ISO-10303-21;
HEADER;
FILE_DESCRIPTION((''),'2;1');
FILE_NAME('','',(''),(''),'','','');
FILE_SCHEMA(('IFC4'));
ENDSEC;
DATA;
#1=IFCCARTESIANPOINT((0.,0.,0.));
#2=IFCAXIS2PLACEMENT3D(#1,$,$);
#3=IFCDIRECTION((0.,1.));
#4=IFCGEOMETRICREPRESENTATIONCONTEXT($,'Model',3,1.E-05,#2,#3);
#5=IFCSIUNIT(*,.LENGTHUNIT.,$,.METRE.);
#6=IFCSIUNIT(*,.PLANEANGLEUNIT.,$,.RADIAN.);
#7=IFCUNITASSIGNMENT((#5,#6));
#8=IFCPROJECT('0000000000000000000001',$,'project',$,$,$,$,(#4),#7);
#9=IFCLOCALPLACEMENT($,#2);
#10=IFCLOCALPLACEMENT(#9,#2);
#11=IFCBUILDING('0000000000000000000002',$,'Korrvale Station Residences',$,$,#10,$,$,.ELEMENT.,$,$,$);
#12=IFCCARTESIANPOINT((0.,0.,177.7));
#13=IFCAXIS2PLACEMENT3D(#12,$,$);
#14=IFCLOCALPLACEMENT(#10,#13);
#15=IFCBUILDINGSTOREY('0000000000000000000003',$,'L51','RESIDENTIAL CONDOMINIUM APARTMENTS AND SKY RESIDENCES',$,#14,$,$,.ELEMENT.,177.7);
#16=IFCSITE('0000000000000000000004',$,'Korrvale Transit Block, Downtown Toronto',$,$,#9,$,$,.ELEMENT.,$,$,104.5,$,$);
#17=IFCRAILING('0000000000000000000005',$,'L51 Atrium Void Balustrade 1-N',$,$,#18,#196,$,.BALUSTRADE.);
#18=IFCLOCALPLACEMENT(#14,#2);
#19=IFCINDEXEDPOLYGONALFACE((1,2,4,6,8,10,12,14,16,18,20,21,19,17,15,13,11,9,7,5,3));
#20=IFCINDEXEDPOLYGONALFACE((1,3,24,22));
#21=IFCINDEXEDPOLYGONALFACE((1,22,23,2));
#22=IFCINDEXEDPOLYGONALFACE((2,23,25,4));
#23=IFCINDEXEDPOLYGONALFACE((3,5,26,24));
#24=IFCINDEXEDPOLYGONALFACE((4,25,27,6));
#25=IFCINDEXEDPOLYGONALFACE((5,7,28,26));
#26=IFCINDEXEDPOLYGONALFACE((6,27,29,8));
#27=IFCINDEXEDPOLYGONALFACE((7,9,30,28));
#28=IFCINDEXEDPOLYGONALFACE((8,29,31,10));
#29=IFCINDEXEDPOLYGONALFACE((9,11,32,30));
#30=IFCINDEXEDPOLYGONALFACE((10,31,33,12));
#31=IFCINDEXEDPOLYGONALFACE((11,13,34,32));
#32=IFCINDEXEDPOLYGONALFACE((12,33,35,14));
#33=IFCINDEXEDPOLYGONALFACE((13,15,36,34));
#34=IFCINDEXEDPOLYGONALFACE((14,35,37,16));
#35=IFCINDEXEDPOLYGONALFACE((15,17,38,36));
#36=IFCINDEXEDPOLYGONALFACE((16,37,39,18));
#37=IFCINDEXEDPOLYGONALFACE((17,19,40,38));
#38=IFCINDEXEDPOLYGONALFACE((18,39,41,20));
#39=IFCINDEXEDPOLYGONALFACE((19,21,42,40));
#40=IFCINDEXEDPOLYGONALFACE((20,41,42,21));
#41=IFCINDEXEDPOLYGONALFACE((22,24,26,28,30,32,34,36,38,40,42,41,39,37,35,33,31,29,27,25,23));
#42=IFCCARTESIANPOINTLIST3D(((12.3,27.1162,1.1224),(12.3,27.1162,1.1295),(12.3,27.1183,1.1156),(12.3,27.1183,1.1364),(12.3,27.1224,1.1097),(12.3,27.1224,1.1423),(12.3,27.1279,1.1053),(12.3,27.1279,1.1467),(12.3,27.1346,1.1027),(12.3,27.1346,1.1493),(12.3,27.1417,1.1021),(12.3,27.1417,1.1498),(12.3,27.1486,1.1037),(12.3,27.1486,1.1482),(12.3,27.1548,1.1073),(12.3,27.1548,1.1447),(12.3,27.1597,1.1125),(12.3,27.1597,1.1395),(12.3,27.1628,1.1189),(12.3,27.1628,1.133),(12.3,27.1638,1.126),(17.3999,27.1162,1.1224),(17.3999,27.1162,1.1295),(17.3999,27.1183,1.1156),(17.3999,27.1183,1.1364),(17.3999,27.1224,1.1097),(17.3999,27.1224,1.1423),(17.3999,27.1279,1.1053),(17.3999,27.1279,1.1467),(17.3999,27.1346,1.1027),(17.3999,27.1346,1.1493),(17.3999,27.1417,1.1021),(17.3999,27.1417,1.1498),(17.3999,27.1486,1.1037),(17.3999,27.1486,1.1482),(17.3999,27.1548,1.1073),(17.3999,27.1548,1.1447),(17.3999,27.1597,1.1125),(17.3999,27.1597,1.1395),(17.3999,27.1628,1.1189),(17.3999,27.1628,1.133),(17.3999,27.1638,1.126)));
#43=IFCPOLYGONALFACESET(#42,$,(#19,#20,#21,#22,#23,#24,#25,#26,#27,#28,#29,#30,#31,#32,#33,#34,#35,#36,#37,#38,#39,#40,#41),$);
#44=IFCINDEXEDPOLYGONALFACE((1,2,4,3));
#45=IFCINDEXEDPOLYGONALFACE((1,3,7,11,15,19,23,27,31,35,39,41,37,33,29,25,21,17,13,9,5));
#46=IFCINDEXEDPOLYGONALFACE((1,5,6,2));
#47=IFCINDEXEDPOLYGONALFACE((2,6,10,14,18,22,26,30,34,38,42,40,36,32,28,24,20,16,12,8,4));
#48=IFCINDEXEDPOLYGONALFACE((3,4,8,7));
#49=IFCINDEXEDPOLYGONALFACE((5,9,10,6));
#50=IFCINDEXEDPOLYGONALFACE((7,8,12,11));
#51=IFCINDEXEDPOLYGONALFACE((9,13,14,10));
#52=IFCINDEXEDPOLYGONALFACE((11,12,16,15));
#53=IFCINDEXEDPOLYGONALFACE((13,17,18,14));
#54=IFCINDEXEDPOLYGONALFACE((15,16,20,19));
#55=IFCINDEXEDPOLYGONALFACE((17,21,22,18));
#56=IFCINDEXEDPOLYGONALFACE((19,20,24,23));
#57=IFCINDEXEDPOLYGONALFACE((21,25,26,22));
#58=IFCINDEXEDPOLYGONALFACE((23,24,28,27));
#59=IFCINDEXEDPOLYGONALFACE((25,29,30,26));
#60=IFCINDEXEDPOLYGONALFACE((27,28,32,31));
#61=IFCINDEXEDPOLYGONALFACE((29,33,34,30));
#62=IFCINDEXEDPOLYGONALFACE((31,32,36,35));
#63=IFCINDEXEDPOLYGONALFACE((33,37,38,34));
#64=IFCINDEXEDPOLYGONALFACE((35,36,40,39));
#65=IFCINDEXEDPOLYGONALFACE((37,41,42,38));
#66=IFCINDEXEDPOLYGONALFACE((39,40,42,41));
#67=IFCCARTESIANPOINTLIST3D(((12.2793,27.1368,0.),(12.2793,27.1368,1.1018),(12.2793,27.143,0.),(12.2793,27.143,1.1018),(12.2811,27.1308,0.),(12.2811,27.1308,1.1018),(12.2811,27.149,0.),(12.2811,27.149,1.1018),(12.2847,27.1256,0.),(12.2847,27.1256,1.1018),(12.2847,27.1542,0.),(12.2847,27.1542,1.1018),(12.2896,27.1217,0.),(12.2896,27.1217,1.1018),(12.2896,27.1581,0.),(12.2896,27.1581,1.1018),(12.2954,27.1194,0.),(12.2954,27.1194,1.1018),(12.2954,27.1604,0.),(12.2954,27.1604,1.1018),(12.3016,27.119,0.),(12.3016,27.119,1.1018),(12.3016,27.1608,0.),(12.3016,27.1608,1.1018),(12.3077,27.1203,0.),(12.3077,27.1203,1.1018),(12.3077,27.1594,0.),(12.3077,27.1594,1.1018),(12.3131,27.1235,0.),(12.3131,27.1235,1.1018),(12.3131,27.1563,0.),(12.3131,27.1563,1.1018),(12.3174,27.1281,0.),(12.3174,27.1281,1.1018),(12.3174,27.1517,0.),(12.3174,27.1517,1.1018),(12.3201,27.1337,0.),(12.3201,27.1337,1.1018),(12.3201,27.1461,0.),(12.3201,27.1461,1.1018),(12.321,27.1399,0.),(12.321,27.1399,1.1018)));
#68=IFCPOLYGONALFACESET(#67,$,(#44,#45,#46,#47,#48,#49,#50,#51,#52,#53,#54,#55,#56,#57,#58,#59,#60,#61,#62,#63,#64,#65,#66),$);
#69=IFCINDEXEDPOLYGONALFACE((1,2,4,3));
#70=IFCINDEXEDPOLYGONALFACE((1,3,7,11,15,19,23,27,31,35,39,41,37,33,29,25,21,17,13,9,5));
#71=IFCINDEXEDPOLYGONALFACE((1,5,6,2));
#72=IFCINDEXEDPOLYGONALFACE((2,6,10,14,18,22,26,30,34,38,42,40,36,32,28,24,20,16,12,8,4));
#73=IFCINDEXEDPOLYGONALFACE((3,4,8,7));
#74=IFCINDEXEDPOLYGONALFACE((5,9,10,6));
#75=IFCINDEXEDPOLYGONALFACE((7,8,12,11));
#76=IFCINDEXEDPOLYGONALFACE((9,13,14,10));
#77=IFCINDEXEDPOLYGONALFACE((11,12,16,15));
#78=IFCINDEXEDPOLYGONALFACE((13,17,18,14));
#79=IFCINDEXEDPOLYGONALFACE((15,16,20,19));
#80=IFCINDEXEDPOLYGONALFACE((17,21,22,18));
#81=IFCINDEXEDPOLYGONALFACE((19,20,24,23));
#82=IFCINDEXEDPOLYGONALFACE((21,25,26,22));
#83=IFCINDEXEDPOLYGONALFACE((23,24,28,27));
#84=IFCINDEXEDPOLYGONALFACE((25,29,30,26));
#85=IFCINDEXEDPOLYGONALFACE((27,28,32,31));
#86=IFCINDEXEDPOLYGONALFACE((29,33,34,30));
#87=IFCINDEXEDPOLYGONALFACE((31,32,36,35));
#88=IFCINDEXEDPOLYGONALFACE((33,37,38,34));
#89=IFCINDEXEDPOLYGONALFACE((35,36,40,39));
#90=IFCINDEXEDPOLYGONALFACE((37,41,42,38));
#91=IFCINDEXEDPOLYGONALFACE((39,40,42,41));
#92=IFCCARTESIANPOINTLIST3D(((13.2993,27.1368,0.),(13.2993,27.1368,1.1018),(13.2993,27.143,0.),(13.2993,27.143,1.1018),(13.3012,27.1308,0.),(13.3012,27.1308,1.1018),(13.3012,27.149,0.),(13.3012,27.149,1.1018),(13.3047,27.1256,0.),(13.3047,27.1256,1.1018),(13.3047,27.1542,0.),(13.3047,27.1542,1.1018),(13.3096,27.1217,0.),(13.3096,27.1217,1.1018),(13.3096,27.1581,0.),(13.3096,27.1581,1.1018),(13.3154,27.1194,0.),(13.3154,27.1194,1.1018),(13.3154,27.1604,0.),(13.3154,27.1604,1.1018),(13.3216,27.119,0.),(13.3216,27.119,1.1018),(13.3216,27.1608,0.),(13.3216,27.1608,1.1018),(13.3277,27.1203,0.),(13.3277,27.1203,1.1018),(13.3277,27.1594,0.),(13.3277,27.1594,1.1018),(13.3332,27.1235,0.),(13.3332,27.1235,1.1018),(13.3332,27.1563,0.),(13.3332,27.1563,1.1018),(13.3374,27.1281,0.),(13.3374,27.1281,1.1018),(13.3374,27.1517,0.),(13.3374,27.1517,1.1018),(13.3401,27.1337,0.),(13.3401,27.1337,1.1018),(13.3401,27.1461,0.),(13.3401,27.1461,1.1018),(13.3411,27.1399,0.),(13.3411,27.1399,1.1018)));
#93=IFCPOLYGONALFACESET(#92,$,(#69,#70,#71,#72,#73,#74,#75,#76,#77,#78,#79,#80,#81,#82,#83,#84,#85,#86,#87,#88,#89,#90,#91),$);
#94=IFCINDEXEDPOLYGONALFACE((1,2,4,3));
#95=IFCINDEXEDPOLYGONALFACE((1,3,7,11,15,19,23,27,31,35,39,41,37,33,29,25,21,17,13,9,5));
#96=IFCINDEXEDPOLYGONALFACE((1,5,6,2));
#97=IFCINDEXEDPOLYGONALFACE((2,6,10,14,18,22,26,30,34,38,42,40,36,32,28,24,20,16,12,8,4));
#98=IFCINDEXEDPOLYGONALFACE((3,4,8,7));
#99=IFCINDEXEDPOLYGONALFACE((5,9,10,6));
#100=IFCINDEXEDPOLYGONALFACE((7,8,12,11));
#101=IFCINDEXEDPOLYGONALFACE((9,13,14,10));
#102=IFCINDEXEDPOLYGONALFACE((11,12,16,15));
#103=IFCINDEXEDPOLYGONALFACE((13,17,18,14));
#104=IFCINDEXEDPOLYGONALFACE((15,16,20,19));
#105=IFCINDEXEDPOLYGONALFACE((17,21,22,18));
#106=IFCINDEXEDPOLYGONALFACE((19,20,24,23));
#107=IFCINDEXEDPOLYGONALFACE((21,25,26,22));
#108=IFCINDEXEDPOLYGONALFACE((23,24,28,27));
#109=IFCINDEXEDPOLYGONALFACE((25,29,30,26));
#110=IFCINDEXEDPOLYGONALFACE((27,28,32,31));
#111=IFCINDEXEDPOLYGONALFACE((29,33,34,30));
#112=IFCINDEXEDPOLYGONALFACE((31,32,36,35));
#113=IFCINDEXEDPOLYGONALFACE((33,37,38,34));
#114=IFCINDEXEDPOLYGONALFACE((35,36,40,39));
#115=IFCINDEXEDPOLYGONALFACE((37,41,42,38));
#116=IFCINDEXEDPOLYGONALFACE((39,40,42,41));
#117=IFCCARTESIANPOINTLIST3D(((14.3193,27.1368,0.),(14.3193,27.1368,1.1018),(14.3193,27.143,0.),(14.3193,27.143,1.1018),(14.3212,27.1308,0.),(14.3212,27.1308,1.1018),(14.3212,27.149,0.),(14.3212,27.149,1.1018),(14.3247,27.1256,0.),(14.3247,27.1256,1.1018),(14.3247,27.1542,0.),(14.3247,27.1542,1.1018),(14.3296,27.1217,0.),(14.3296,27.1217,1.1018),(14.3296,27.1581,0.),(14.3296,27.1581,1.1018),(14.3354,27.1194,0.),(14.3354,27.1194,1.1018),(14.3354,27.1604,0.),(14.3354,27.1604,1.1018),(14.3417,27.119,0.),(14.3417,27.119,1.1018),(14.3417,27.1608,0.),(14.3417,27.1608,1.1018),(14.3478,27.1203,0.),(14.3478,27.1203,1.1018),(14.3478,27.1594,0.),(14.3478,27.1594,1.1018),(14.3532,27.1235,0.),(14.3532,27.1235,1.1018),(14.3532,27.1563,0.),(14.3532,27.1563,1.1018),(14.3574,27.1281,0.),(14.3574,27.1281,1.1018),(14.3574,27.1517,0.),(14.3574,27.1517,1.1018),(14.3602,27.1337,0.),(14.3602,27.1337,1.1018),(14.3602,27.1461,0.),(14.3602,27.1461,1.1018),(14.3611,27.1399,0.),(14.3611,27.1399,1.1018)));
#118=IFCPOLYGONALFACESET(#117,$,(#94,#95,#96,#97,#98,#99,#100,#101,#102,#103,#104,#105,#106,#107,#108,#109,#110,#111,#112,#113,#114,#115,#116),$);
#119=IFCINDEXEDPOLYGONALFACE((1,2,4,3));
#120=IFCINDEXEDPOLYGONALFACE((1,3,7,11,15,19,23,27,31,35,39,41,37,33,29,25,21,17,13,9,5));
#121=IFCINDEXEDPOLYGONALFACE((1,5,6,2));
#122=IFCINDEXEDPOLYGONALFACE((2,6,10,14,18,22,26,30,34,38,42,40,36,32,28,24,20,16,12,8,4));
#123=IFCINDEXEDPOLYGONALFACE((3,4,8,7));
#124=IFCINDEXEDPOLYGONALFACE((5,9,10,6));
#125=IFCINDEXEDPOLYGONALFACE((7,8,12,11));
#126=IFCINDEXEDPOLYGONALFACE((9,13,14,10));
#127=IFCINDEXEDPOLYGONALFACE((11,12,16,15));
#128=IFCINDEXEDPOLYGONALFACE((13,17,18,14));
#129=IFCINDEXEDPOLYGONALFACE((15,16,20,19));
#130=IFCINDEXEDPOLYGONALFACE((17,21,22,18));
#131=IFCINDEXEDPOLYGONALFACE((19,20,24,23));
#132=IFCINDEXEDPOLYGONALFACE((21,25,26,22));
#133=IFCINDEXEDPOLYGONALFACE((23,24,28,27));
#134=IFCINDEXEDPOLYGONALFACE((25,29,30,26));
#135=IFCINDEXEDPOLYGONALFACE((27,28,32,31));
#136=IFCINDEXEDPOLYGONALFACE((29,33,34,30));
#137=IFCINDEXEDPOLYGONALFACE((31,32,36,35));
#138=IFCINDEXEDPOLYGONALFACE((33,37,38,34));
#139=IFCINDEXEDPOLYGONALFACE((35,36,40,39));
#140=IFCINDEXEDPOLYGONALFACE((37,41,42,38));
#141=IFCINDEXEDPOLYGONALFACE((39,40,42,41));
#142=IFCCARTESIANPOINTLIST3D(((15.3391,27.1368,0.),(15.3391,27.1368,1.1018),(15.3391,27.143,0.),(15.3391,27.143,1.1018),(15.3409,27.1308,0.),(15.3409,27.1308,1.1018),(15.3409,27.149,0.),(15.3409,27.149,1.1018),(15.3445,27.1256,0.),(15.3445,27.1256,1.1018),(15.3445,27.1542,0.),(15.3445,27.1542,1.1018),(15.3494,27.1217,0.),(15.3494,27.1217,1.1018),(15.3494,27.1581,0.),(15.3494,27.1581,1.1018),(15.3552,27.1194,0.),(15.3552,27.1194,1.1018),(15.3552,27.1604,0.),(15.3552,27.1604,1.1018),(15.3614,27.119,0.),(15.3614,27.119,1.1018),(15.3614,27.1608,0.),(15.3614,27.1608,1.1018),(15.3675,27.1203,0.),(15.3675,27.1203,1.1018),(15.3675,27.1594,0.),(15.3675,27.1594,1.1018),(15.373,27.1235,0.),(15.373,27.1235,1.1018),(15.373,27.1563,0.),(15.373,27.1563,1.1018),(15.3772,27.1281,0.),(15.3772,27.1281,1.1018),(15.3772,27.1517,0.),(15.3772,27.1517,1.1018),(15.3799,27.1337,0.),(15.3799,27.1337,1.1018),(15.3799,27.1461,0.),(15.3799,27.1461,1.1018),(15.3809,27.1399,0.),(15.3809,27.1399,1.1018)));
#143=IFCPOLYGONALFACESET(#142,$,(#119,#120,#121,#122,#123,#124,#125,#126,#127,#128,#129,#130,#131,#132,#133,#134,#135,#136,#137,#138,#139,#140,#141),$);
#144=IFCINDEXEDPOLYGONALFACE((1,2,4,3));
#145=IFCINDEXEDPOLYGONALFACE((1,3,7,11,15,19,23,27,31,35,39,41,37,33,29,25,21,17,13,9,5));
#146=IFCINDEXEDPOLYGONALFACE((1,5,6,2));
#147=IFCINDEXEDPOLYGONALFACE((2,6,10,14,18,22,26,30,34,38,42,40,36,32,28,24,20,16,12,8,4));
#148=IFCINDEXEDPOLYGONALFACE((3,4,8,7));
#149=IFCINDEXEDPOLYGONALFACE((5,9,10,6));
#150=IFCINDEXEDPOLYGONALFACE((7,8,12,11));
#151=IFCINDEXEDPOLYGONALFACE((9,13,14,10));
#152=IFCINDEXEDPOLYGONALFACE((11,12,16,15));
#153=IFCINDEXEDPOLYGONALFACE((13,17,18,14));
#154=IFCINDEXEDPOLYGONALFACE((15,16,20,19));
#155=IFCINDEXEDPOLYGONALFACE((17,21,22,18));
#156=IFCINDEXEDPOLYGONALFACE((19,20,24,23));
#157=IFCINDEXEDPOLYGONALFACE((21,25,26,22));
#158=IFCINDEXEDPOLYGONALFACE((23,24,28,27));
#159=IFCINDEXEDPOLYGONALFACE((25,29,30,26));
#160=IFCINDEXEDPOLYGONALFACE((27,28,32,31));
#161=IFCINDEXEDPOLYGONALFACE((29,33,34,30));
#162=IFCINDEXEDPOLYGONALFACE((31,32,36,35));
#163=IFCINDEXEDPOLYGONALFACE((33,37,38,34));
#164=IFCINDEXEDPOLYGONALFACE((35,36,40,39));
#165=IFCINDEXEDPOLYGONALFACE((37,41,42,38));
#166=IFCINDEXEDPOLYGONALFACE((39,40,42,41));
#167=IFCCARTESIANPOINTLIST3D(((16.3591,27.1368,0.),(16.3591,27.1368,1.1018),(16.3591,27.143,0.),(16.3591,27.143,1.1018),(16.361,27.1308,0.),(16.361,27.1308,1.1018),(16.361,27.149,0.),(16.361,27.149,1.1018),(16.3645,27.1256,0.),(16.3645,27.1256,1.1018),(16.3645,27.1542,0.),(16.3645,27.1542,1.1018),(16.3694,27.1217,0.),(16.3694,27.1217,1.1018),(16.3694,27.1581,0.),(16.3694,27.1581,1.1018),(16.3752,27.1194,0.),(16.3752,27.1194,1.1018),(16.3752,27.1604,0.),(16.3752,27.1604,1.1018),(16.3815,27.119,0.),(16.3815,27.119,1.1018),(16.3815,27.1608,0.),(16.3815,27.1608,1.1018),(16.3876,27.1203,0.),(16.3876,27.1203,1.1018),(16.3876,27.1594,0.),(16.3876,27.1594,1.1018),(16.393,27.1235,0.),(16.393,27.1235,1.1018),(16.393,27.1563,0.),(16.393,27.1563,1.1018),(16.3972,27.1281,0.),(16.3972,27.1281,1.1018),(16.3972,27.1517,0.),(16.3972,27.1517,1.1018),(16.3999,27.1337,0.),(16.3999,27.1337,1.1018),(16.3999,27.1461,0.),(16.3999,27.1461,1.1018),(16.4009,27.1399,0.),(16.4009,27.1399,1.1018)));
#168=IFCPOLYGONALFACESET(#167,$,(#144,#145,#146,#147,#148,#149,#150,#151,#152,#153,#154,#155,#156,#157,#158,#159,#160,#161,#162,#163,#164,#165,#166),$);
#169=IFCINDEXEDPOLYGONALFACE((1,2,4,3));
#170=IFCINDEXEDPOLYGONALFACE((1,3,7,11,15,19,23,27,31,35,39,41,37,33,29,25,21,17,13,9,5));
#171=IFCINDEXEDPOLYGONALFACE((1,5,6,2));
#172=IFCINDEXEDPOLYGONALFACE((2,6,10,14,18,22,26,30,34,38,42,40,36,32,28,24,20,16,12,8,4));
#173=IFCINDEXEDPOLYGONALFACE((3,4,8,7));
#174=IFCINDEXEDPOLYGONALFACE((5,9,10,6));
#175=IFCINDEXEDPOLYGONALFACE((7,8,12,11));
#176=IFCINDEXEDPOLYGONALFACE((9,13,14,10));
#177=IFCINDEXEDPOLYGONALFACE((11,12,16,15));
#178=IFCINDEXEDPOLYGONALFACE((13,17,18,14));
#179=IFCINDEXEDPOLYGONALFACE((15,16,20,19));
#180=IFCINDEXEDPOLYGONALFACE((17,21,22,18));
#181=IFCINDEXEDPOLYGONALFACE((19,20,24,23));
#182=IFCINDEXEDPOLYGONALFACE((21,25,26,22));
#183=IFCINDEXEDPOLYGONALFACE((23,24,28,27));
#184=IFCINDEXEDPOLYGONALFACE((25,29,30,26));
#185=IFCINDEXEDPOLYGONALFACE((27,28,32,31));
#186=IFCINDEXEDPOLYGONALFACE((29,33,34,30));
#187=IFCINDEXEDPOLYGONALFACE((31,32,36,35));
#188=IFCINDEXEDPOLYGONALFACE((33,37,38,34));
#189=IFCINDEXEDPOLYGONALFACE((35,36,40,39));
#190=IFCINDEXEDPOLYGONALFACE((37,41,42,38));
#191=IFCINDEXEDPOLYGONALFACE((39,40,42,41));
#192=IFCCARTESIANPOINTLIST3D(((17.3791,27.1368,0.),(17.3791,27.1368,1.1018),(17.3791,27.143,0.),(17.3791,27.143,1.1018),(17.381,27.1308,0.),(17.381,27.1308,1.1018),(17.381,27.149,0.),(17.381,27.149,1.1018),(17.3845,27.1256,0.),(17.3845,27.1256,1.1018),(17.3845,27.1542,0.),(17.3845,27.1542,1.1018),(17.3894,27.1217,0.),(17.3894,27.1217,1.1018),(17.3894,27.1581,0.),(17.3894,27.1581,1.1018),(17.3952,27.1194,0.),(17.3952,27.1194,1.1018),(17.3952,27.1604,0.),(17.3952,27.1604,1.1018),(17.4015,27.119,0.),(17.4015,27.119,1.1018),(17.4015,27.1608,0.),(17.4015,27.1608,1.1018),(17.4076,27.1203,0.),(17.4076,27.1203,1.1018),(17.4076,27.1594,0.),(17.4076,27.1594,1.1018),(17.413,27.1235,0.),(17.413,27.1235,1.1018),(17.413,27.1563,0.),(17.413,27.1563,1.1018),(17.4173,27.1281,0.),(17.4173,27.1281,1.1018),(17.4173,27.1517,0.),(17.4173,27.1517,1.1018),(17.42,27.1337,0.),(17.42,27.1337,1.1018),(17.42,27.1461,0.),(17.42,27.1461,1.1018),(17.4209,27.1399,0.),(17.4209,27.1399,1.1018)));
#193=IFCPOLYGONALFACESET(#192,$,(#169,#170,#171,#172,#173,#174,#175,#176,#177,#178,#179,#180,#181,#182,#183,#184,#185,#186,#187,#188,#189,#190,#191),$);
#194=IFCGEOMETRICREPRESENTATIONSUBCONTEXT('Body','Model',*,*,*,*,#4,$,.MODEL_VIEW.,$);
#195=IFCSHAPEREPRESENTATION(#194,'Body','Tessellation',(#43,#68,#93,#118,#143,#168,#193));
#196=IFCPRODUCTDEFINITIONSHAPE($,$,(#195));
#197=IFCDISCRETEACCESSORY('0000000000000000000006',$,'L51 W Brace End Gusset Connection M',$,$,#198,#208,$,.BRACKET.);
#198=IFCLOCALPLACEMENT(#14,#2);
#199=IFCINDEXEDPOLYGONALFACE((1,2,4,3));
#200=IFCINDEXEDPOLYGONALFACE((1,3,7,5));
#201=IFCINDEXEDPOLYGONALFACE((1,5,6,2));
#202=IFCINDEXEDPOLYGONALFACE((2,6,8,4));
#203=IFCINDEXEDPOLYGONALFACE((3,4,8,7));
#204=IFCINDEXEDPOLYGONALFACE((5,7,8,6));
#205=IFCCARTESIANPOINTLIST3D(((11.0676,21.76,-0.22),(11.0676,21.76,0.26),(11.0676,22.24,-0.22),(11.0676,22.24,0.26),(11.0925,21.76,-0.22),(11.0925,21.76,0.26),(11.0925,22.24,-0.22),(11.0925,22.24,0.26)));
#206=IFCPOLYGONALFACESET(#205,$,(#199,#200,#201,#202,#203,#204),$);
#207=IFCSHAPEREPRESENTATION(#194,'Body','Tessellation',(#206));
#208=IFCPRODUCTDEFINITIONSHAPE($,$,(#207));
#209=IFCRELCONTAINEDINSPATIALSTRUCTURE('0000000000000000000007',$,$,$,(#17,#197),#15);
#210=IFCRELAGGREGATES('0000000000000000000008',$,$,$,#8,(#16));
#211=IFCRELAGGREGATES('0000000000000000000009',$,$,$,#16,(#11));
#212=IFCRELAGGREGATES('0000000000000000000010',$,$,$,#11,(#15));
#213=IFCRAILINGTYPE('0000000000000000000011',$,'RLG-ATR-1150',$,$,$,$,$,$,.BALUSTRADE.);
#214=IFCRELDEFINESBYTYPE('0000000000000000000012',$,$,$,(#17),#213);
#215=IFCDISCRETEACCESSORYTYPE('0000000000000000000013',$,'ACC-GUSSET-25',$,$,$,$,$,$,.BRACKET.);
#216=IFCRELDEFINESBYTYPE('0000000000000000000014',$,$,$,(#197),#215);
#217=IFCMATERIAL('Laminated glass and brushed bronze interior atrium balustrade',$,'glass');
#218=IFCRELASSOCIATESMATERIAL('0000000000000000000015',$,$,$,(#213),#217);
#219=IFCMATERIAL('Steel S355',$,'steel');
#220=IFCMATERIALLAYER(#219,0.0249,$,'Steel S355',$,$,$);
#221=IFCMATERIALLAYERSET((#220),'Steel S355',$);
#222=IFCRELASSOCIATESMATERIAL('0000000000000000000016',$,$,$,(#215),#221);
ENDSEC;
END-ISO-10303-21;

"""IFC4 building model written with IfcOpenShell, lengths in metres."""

from ifc_helpers import new_model, si_unit, direction, frame, origin, origin_2d, place, context, subcontext, project, spatial, rectangle, circle, extrude, material, layer, layer_set, type_object, element, save


model = new_model("IFC4")

# Units and contexts
model_context = context("Model", 3, precision=1e-05, world=origin(), true_north=direction((0.0, 1.0)))
body_context = subcontext(model_context, "Body", "Model", "MODEL_VIEW")
ifc_project = project(units=[si_unit("LENGTHUNIT", "METRE"), si_unit("PLANEANGLEUNIT", "RADIAN")], contexts=[model_context])

# Site, building, storey
site_placement = place(None, origin())
site = spatial("IfcSite", under=ifc_project, at=site_placement, Name="Korrvale Transit Block, Downtown Toronto", CompositionType="ELEMENT", RefElevation=104.5)
building_placement = place(site_placement, origin())
building = spatial("IfcBuilding", under=site, at=building_placement, Name="Korrvale Station Residences", CompositionType="ELEMENT")
storey_placement = place(building_placement, frame((0.0, 0.0, 177.7)))
storey = spatial("IfcBuildingStorey", under=building, at=storey_placement, Name="L51", Description="RESIDENTIAL CONDOMINIUM APARTMENTS AND SKY RESIDENCES", CompositionType="ELEMENT", Elevation=177.7)

# Shared definitions
ifc_material_1 = material(Name="Steel S355", Category="steel")

# Railing
ifc_material_2 = material(Name="Laminated glass and brushed bronze interior atrium balustrade", Category="glass")
railing_type = type_object("IfcRailingType", Name="RLG-ATR-1150", PredefinedType="BALUSTRADE", material=ifc_material_2)
railing_placement = place(storey_placement, frame((12.3, 27.1399, 0.0)))
element("IfcRailing", 1, at=railing_placement, inside=storey, type_object=railing_type, Name="L51 Atrium Void Balustrade 1-N", PredefinedType="BALUSTRADE", context=body_context, shape_type="SweptSolid", body=[
    extrude(circle(Radius=0.0239, at=origin_2d()), frame((0.0, 0.0, 1.126), z_axis=(1.0, 0.0, 0.0), x_axis=(0.0, 1.0, 0.0)), (0.0, 0.0, 1.0), 5.0999),
    extrude(circle(Radius=0.021, at=origin_2d()), origin(), (0.0, 0.0, 1.0), 1.1018),
    extrude(circle(Radius=0.021, at=origin_2d()), frame((1.02, 0.0, 0.0)), (0.0, 0.0, 1.0), 1.1018),
    extrude(circle(Radius=0.021, at=origin_2d()), frame((2.04, 0.0, 0.0)), (0.0, 0.0, 1.0), 1.1018),
    extrude(circle(Radius=0.021, at=origin_2d()), frame((3.0598, 0.0, 0.0)), (0.0, 0.0, 1.0), 1.1018),
    extrude(circle(Radius=0.021, at=origin_2d()), frame((4.0798, 0.0, 0.0)), (0.0, 0.0, 1.0), 1.1018),
    extrude(circle(Radius=0.021, at=origin_2d()), frame((5.0999, 0.0, 0.0)), (0.0, 0.0, 1.0), 1.1018),
])

# Discrete accessory
ifc_layer_1 = layer(ifc_material_1, 0.0249, Name="Steel S355")
ifc_layer_set_1 = layer_set([ifc_layer_1], Name="Steel S355")
discrete_accessory_type = type_object("IfcDiscreteAccessoryType", Name="ACC-GUSSET-25", PredefinedType="BRACKET", material=ifc_layer_set_1)
for number, where, z_axis, x_axis, name in (
    (2, (11.0801, 22.0, -0.22), (0.0, 0.0, 1.0), (0.0, 1.0, 0.0), "L51 W Brace End Gusset Connection M"),
):
    element("IfcDiscreteAccessory", number, at=place(storey_placement, frame(where, z_axis=z_axis, x_axis=x_axis)), inside=storey, type_object=discrete_accessory_type, Name=name, PredefinedType="BRACKET", context=body_context, shape_type="SweptSolid", body=[
        extrude(rectangle(XDim=0.48, YDim=0.0249, at=origin_2d()), origin(), (0.0, 0.0, 1.0), 0.48),
    ])

save(model, "model.ifc")
